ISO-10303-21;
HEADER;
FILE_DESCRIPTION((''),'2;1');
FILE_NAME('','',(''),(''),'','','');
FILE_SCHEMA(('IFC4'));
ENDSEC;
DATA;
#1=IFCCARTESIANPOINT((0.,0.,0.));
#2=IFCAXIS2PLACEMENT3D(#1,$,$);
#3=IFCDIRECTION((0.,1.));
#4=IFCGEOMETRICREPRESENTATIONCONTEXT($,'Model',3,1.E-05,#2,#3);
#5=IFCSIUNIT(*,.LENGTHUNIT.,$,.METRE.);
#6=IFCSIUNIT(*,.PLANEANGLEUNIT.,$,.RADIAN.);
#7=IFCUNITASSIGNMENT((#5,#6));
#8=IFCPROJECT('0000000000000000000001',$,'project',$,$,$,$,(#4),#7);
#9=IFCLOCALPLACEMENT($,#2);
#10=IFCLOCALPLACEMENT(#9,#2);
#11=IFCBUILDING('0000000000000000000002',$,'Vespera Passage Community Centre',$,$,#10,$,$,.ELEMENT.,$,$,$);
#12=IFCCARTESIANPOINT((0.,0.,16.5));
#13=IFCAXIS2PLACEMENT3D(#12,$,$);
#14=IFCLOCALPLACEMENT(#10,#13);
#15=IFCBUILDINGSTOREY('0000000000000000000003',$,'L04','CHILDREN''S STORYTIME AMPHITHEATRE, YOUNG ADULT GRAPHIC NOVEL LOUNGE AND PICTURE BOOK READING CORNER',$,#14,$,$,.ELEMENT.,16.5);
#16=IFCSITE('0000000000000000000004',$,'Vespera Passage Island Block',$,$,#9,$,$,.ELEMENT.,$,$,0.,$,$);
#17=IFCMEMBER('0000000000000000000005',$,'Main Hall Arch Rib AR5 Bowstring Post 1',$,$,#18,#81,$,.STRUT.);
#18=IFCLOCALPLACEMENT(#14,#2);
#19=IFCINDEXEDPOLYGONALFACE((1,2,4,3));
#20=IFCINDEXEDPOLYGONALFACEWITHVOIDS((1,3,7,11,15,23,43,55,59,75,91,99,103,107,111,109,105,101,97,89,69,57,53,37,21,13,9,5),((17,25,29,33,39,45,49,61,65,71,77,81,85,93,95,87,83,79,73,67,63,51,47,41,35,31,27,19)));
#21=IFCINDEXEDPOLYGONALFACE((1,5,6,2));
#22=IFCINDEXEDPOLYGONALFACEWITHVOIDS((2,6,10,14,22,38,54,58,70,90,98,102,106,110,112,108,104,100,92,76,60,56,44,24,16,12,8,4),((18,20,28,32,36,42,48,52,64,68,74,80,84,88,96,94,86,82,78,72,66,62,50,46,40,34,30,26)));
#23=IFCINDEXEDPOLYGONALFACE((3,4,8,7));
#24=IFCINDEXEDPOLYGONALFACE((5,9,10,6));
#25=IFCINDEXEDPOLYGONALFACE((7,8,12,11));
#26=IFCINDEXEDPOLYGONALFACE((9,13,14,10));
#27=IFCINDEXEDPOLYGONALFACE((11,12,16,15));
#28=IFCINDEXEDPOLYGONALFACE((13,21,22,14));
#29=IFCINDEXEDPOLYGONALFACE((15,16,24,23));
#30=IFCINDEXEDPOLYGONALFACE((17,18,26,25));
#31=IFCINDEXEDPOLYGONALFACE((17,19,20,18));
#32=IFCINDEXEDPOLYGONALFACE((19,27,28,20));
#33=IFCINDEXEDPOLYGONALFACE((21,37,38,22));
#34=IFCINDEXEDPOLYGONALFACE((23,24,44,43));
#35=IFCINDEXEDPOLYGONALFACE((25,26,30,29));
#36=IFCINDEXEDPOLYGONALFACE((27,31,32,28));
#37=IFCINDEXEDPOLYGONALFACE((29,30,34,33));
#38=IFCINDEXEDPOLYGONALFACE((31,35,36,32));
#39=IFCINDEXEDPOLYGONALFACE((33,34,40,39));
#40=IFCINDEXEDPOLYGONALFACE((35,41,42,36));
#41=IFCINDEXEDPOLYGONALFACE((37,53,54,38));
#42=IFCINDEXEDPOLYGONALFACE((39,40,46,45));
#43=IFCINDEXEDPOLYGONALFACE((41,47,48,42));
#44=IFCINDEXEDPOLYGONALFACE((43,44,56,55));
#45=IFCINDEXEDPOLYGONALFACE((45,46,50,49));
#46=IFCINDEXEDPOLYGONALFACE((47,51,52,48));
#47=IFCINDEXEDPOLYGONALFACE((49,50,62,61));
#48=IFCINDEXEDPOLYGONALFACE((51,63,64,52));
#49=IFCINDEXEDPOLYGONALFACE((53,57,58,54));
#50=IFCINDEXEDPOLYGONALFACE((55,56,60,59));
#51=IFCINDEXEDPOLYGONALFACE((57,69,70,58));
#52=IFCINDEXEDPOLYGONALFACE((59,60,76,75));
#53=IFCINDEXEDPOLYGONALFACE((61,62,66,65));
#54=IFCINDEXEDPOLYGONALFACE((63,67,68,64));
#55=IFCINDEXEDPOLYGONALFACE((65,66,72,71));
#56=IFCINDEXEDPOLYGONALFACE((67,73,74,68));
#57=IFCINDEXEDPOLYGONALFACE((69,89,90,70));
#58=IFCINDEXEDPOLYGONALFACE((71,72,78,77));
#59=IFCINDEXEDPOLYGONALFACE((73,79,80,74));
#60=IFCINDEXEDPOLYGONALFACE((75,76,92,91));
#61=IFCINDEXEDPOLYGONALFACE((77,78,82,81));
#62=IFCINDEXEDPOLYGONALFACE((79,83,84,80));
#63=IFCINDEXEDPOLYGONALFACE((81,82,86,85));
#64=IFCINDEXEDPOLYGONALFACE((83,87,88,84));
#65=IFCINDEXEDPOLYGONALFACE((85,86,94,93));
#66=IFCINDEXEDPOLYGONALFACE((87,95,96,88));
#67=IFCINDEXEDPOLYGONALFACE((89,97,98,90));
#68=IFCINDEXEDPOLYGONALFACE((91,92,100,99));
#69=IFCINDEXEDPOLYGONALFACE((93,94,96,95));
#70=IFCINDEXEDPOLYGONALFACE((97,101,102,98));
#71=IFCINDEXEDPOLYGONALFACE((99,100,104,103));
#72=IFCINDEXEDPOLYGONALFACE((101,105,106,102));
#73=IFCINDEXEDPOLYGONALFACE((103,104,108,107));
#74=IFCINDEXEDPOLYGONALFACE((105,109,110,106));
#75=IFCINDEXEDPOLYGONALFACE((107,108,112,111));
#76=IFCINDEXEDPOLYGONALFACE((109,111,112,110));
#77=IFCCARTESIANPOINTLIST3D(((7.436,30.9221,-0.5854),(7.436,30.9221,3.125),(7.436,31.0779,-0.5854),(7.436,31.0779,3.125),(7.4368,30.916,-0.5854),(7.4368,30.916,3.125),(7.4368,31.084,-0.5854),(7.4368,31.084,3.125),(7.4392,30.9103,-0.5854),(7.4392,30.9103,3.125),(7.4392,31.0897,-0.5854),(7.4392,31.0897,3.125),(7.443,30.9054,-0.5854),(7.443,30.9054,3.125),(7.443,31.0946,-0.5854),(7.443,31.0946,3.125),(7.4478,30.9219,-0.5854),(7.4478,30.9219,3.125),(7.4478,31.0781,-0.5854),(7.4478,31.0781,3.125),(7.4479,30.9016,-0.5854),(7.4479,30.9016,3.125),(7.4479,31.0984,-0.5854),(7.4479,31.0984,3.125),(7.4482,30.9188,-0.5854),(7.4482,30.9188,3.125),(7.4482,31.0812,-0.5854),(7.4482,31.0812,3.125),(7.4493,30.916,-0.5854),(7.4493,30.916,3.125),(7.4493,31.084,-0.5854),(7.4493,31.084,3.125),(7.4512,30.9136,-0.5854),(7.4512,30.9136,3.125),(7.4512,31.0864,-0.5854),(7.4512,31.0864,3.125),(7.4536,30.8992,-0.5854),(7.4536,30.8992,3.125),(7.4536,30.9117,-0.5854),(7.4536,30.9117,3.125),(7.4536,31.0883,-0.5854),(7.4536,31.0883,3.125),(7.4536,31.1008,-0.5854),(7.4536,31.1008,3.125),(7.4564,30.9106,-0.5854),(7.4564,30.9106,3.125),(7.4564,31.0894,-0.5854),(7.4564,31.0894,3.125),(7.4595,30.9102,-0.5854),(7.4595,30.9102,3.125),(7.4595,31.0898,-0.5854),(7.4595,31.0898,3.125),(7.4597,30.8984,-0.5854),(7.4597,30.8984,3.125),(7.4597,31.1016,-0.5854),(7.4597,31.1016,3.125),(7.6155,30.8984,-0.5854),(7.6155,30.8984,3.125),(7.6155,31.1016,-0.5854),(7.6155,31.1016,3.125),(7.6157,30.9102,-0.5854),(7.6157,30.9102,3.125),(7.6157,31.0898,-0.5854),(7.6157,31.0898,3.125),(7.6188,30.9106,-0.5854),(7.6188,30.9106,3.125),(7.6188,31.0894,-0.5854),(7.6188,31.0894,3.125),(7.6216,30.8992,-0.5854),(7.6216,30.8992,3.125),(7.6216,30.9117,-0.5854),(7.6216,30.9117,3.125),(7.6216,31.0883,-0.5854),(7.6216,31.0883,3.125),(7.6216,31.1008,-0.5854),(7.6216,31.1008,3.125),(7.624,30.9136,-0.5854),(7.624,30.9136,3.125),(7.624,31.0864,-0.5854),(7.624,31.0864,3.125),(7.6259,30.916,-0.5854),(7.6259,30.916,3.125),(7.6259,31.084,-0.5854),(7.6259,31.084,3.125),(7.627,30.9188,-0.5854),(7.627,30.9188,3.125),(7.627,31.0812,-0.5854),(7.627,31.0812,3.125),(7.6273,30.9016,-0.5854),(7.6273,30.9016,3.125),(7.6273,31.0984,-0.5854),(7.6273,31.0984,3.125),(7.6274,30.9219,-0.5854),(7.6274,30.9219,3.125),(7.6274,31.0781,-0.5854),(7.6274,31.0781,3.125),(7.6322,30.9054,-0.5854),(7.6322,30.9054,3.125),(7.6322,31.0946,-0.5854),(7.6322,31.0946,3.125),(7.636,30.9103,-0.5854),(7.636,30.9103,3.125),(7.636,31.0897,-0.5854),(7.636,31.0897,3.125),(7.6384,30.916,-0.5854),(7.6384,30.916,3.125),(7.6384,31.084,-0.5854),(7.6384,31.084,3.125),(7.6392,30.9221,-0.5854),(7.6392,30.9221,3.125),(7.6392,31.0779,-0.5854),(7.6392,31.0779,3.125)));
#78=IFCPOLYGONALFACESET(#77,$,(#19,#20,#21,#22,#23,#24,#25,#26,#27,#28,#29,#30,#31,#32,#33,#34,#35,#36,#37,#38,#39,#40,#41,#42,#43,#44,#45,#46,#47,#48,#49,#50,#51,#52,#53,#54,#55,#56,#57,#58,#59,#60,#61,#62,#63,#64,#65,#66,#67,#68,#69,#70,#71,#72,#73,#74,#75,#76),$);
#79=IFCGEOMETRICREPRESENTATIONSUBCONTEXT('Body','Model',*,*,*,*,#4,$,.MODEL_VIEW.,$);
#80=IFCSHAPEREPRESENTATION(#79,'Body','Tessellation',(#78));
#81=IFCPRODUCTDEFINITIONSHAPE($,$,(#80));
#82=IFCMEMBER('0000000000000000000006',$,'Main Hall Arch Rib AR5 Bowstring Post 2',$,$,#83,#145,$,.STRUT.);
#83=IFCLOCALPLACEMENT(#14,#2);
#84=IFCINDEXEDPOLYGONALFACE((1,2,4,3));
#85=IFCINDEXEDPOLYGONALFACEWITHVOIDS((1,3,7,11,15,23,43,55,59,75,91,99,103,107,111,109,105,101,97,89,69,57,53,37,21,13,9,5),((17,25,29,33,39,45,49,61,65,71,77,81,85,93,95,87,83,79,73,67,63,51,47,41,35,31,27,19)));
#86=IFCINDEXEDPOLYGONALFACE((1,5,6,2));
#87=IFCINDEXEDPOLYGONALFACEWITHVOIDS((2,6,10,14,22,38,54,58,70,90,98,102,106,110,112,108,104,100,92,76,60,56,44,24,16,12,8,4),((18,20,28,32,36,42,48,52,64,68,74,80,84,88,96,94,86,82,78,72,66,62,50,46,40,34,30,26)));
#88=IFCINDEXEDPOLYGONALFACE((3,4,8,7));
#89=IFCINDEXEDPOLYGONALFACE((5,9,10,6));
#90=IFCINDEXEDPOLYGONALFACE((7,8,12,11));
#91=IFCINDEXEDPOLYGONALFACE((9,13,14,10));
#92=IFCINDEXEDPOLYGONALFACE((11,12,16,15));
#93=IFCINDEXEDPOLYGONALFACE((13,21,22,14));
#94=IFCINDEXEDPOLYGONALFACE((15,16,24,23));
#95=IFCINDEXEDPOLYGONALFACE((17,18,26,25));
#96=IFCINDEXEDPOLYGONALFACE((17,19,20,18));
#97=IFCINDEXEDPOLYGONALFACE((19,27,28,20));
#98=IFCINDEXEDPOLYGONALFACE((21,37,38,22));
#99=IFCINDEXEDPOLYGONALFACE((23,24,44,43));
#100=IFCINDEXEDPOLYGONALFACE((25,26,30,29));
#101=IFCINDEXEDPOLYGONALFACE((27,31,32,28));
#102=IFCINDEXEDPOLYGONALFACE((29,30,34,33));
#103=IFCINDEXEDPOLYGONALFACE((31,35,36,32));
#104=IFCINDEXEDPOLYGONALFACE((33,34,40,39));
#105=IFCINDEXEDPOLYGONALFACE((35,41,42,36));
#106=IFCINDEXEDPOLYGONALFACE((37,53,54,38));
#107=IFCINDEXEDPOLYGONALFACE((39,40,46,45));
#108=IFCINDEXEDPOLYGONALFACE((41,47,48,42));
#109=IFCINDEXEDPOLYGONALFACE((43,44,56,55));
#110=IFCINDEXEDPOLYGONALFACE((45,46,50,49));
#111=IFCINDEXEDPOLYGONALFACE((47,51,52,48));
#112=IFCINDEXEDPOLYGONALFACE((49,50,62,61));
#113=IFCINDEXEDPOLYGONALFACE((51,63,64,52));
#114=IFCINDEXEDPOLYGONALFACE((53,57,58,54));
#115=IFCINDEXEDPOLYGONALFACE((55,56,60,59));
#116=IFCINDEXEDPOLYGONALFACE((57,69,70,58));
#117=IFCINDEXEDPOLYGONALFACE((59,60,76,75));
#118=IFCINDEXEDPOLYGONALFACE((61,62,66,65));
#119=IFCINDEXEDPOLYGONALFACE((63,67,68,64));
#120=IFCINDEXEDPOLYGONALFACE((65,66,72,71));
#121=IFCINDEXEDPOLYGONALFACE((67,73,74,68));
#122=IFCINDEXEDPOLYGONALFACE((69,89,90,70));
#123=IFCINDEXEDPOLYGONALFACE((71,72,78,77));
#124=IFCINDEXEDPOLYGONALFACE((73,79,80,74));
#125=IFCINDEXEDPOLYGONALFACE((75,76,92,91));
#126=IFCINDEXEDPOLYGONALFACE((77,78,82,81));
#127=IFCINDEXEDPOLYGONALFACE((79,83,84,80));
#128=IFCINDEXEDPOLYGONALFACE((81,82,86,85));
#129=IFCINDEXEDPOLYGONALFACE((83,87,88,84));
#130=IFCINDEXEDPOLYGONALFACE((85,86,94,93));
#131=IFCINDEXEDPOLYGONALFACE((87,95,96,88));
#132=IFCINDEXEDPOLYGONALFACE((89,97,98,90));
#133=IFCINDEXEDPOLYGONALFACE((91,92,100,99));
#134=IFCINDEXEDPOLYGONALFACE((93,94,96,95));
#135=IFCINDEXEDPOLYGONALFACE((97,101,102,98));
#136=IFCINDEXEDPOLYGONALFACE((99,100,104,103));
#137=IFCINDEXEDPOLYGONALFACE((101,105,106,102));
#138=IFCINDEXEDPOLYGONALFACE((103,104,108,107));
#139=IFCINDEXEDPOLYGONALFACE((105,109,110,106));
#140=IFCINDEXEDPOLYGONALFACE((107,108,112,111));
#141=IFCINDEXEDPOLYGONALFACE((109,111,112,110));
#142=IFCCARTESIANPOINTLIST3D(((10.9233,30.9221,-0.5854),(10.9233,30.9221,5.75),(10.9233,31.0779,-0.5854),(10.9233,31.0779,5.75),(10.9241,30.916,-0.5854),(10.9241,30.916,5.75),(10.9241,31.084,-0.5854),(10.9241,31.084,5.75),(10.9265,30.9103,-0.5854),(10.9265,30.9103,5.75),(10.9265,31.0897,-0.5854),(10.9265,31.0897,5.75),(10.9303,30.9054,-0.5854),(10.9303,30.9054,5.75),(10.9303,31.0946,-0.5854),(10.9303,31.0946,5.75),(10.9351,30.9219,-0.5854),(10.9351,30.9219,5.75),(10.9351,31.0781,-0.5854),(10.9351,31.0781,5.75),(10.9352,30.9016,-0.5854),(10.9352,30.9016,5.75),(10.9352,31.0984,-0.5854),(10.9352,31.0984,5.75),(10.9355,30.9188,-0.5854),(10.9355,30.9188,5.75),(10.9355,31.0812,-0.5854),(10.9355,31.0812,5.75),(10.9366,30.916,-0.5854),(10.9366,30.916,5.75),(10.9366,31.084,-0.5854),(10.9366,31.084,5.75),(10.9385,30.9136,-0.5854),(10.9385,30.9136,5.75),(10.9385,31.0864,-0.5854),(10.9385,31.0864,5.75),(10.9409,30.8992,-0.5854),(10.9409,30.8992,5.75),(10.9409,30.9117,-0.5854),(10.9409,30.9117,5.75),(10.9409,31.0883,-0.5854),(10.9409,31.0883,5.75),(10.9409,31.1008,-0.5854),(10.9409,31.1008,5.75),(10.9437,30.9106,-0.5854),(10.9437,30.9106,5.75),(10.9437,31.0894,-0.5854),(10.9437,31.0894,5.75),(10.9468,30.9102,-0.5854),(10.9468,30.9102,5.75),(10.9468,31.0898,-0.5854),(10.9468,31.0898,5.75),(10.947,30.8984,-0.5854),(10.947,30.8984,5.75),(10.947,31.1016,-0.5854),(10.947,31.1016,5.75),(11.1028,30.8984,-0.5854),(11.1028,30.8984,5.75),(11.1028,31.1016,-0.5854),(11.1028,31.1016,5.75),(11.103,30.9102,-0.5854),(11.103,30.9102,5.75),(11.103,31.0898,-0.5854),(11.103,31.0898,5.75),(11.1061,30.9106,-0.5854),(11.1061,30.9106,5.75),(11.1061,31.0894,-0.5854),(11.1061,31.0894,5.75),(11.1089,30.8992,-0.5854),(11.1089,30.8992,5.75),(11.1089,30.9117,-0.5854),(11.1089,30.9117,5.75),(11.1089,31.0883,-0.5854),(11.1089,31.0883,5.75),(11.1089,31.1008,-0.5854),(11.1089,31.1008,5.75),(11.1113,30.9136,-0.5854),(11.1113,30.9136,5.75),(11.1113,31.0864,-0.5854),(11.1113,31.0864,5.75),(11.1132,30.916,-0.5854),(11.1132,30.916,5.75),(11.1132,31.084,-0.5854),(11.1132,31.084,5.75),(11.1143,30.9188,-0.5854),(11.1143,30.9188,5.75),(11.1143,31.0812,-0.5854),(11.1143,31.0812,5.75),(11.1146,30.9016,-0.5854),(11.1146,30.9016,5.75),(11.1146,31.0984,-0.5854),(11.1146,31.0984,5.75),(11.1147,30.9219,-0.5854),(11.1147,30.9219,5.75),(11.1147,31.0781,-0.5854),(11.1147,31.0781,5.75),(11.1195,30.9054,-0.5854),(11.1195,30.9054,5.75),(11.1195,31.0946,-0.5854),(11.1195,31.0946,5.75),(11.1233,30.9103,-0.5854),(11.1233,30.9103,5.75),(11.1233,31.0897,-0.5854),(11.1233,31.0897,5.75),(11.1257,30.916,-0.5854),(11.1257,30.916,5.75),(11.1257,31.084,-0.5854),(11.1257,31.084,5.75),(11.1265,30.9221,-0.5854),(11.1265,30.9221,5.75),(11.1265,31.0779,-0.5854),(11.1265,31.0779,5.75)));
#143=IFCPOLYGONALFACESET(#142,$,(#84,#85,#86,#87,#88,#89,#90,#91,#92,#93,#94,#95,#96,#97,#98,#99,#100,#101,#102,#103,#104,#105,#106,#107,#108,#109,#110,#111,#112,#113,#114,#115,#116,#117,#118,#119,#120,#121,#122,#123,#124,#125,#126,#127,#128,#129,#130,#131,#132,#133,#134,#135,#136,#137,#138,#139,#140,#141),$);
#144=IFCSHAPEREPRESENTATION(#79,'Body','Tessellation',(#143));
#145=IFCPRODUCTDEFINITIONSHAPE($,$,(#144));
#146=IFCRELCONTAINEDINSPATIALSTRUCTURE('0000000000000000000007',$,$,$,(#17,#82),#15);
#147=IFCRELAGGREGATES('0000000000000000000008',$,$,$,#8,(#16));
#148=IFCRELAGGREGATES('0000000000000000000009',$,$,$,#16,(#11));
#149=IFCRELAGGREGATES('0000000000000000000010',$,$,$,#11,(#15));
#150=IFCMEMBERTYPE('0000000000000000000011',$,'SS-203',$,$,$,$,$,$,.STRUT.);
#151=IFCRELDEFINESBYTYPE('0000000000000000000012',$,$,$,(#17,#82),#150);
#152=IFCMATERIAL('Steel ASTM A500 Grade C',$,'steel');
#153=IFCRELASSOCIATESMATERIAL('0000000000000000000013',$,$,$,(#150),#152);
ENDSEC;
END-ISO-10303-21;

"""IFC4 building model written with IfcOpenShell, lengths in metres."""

from ifc_helpers import new_model, si_unit, direction, frame, origin, origin_2d, place, context, subcontext, project, spatial, hollow_rectangle, extrude, material, material_profile, profile_set, type_object, element, save


model = new_model("IFC4")

# Units and contexts
model_context = context("Model", 3, precision=1e-05, world=origin(), true_north=direction((0.0, 1.0)))
body_context = subcontext(model_context, "Body", "Model", "MODEL_VIEW")
ifc_project = project(units=[si_unit("LENGTHUNIT", "METRE"), si_unit("PLANEANGLEUNIT", "RADIAN")], contexts=[model_context])

# Site, building, storey
site_placement = place(None, origin())
site = spatial("IfcSite", under=ifc_project, at=site_placement, Name="Vespera Passage Island Block", CompositionType="ELEMENT", RefElevation=0.0)
building_placement = place(site_placement, origin())
building = spatial("IfcBuilding", under=site, at=building_placement, Name="Vespera Passage Community Centre", CompositionType="ELEMENT")
storey_placement = place(building_placement, frame((0.0, 0.0, 16.5)))
storey = spatial("IfcBuildingStorey", under=building, at=storey_placement, Name="L04", Description="CHILDREN'S STORYTIME AMPHITHEATRE, YOUNG ADULT GRAPHIC NOVEL LOUNGE AND PICTURE BOOK READING CORNER", CompositionType="ELEMENT", Elevation=16.5)

# Members
ifc_material_1 = material(Name="Steel ASTM A500 Grade C", Category="steel")
ifc_material_profile_1 = material_profile(ifc_material_1, hollow_rectangle(XDim=0.2031, YDim=0.2031, WallThickness=0.0117, InnerFilletRadius=0.0117, OuterFilletRadius=0.0237, at=origin_2d()), Name="HSS203X203X12.7")
ifc_profile_set_1 = profile_set([ifc_material_profile_1], Name="Steel ASTM A500 Grade C")
member_type_1 = type_object("IfcMemberType", Name="SS-203", PredefinedType="STRUT", material=ifc_profile_set_1)
member_1_placement = place(storey_placement, frame((7.5376, 31.0, -0.5854), z_axis=(0.0, 0.0, 1.0), x_axis=(1.0, 0.0, 0.0)))
element("IfcMember", 1, at=member_1_placement, inside=storey, type_object=member_type_1, Name="Main Hall Arch Rib AR5 Bowstring Post 1", PredefinedType="STRUT", context=body_context, shape_type="SweptSolid", body=[
    extrude(hollow_rectangle(XDim=0.2031, YDim=0.2031, WallThickness=0.0117, InnerFilletRadius=0.0117, OuterFilletRadius=0.0237, at=origin_2d()), origin(), (0.0, 0.0, 1.0), 3.7104),
])
member_2_placement = place(storey_placement, frame((11.0249, 31.0, -0.5854), z_axis=(0.0, 0.0, 1.0), x_axis=(1.0, 0.0, 0.0)))
element("IfcMember", 2, at=member_2_placement, inside=storey, type_object=member_type_1, Name="Main Hall Arch Rib AR5 Bowstring Post 2", PredefinedType="STRUT", context=body_context, shape_type="SweptSolid", body=[
    extrude(hollow_rectangle(XDim=0.2031, YDim=0.2031, WallThickness=0.0117, InnerFilletRadius=0.0117, OuterFilletRadius=0.0237, at=origin_2d()), origin(), (0.0, 0.0, 1.0), 6.3354),
])

save(model, "model.ifc")
